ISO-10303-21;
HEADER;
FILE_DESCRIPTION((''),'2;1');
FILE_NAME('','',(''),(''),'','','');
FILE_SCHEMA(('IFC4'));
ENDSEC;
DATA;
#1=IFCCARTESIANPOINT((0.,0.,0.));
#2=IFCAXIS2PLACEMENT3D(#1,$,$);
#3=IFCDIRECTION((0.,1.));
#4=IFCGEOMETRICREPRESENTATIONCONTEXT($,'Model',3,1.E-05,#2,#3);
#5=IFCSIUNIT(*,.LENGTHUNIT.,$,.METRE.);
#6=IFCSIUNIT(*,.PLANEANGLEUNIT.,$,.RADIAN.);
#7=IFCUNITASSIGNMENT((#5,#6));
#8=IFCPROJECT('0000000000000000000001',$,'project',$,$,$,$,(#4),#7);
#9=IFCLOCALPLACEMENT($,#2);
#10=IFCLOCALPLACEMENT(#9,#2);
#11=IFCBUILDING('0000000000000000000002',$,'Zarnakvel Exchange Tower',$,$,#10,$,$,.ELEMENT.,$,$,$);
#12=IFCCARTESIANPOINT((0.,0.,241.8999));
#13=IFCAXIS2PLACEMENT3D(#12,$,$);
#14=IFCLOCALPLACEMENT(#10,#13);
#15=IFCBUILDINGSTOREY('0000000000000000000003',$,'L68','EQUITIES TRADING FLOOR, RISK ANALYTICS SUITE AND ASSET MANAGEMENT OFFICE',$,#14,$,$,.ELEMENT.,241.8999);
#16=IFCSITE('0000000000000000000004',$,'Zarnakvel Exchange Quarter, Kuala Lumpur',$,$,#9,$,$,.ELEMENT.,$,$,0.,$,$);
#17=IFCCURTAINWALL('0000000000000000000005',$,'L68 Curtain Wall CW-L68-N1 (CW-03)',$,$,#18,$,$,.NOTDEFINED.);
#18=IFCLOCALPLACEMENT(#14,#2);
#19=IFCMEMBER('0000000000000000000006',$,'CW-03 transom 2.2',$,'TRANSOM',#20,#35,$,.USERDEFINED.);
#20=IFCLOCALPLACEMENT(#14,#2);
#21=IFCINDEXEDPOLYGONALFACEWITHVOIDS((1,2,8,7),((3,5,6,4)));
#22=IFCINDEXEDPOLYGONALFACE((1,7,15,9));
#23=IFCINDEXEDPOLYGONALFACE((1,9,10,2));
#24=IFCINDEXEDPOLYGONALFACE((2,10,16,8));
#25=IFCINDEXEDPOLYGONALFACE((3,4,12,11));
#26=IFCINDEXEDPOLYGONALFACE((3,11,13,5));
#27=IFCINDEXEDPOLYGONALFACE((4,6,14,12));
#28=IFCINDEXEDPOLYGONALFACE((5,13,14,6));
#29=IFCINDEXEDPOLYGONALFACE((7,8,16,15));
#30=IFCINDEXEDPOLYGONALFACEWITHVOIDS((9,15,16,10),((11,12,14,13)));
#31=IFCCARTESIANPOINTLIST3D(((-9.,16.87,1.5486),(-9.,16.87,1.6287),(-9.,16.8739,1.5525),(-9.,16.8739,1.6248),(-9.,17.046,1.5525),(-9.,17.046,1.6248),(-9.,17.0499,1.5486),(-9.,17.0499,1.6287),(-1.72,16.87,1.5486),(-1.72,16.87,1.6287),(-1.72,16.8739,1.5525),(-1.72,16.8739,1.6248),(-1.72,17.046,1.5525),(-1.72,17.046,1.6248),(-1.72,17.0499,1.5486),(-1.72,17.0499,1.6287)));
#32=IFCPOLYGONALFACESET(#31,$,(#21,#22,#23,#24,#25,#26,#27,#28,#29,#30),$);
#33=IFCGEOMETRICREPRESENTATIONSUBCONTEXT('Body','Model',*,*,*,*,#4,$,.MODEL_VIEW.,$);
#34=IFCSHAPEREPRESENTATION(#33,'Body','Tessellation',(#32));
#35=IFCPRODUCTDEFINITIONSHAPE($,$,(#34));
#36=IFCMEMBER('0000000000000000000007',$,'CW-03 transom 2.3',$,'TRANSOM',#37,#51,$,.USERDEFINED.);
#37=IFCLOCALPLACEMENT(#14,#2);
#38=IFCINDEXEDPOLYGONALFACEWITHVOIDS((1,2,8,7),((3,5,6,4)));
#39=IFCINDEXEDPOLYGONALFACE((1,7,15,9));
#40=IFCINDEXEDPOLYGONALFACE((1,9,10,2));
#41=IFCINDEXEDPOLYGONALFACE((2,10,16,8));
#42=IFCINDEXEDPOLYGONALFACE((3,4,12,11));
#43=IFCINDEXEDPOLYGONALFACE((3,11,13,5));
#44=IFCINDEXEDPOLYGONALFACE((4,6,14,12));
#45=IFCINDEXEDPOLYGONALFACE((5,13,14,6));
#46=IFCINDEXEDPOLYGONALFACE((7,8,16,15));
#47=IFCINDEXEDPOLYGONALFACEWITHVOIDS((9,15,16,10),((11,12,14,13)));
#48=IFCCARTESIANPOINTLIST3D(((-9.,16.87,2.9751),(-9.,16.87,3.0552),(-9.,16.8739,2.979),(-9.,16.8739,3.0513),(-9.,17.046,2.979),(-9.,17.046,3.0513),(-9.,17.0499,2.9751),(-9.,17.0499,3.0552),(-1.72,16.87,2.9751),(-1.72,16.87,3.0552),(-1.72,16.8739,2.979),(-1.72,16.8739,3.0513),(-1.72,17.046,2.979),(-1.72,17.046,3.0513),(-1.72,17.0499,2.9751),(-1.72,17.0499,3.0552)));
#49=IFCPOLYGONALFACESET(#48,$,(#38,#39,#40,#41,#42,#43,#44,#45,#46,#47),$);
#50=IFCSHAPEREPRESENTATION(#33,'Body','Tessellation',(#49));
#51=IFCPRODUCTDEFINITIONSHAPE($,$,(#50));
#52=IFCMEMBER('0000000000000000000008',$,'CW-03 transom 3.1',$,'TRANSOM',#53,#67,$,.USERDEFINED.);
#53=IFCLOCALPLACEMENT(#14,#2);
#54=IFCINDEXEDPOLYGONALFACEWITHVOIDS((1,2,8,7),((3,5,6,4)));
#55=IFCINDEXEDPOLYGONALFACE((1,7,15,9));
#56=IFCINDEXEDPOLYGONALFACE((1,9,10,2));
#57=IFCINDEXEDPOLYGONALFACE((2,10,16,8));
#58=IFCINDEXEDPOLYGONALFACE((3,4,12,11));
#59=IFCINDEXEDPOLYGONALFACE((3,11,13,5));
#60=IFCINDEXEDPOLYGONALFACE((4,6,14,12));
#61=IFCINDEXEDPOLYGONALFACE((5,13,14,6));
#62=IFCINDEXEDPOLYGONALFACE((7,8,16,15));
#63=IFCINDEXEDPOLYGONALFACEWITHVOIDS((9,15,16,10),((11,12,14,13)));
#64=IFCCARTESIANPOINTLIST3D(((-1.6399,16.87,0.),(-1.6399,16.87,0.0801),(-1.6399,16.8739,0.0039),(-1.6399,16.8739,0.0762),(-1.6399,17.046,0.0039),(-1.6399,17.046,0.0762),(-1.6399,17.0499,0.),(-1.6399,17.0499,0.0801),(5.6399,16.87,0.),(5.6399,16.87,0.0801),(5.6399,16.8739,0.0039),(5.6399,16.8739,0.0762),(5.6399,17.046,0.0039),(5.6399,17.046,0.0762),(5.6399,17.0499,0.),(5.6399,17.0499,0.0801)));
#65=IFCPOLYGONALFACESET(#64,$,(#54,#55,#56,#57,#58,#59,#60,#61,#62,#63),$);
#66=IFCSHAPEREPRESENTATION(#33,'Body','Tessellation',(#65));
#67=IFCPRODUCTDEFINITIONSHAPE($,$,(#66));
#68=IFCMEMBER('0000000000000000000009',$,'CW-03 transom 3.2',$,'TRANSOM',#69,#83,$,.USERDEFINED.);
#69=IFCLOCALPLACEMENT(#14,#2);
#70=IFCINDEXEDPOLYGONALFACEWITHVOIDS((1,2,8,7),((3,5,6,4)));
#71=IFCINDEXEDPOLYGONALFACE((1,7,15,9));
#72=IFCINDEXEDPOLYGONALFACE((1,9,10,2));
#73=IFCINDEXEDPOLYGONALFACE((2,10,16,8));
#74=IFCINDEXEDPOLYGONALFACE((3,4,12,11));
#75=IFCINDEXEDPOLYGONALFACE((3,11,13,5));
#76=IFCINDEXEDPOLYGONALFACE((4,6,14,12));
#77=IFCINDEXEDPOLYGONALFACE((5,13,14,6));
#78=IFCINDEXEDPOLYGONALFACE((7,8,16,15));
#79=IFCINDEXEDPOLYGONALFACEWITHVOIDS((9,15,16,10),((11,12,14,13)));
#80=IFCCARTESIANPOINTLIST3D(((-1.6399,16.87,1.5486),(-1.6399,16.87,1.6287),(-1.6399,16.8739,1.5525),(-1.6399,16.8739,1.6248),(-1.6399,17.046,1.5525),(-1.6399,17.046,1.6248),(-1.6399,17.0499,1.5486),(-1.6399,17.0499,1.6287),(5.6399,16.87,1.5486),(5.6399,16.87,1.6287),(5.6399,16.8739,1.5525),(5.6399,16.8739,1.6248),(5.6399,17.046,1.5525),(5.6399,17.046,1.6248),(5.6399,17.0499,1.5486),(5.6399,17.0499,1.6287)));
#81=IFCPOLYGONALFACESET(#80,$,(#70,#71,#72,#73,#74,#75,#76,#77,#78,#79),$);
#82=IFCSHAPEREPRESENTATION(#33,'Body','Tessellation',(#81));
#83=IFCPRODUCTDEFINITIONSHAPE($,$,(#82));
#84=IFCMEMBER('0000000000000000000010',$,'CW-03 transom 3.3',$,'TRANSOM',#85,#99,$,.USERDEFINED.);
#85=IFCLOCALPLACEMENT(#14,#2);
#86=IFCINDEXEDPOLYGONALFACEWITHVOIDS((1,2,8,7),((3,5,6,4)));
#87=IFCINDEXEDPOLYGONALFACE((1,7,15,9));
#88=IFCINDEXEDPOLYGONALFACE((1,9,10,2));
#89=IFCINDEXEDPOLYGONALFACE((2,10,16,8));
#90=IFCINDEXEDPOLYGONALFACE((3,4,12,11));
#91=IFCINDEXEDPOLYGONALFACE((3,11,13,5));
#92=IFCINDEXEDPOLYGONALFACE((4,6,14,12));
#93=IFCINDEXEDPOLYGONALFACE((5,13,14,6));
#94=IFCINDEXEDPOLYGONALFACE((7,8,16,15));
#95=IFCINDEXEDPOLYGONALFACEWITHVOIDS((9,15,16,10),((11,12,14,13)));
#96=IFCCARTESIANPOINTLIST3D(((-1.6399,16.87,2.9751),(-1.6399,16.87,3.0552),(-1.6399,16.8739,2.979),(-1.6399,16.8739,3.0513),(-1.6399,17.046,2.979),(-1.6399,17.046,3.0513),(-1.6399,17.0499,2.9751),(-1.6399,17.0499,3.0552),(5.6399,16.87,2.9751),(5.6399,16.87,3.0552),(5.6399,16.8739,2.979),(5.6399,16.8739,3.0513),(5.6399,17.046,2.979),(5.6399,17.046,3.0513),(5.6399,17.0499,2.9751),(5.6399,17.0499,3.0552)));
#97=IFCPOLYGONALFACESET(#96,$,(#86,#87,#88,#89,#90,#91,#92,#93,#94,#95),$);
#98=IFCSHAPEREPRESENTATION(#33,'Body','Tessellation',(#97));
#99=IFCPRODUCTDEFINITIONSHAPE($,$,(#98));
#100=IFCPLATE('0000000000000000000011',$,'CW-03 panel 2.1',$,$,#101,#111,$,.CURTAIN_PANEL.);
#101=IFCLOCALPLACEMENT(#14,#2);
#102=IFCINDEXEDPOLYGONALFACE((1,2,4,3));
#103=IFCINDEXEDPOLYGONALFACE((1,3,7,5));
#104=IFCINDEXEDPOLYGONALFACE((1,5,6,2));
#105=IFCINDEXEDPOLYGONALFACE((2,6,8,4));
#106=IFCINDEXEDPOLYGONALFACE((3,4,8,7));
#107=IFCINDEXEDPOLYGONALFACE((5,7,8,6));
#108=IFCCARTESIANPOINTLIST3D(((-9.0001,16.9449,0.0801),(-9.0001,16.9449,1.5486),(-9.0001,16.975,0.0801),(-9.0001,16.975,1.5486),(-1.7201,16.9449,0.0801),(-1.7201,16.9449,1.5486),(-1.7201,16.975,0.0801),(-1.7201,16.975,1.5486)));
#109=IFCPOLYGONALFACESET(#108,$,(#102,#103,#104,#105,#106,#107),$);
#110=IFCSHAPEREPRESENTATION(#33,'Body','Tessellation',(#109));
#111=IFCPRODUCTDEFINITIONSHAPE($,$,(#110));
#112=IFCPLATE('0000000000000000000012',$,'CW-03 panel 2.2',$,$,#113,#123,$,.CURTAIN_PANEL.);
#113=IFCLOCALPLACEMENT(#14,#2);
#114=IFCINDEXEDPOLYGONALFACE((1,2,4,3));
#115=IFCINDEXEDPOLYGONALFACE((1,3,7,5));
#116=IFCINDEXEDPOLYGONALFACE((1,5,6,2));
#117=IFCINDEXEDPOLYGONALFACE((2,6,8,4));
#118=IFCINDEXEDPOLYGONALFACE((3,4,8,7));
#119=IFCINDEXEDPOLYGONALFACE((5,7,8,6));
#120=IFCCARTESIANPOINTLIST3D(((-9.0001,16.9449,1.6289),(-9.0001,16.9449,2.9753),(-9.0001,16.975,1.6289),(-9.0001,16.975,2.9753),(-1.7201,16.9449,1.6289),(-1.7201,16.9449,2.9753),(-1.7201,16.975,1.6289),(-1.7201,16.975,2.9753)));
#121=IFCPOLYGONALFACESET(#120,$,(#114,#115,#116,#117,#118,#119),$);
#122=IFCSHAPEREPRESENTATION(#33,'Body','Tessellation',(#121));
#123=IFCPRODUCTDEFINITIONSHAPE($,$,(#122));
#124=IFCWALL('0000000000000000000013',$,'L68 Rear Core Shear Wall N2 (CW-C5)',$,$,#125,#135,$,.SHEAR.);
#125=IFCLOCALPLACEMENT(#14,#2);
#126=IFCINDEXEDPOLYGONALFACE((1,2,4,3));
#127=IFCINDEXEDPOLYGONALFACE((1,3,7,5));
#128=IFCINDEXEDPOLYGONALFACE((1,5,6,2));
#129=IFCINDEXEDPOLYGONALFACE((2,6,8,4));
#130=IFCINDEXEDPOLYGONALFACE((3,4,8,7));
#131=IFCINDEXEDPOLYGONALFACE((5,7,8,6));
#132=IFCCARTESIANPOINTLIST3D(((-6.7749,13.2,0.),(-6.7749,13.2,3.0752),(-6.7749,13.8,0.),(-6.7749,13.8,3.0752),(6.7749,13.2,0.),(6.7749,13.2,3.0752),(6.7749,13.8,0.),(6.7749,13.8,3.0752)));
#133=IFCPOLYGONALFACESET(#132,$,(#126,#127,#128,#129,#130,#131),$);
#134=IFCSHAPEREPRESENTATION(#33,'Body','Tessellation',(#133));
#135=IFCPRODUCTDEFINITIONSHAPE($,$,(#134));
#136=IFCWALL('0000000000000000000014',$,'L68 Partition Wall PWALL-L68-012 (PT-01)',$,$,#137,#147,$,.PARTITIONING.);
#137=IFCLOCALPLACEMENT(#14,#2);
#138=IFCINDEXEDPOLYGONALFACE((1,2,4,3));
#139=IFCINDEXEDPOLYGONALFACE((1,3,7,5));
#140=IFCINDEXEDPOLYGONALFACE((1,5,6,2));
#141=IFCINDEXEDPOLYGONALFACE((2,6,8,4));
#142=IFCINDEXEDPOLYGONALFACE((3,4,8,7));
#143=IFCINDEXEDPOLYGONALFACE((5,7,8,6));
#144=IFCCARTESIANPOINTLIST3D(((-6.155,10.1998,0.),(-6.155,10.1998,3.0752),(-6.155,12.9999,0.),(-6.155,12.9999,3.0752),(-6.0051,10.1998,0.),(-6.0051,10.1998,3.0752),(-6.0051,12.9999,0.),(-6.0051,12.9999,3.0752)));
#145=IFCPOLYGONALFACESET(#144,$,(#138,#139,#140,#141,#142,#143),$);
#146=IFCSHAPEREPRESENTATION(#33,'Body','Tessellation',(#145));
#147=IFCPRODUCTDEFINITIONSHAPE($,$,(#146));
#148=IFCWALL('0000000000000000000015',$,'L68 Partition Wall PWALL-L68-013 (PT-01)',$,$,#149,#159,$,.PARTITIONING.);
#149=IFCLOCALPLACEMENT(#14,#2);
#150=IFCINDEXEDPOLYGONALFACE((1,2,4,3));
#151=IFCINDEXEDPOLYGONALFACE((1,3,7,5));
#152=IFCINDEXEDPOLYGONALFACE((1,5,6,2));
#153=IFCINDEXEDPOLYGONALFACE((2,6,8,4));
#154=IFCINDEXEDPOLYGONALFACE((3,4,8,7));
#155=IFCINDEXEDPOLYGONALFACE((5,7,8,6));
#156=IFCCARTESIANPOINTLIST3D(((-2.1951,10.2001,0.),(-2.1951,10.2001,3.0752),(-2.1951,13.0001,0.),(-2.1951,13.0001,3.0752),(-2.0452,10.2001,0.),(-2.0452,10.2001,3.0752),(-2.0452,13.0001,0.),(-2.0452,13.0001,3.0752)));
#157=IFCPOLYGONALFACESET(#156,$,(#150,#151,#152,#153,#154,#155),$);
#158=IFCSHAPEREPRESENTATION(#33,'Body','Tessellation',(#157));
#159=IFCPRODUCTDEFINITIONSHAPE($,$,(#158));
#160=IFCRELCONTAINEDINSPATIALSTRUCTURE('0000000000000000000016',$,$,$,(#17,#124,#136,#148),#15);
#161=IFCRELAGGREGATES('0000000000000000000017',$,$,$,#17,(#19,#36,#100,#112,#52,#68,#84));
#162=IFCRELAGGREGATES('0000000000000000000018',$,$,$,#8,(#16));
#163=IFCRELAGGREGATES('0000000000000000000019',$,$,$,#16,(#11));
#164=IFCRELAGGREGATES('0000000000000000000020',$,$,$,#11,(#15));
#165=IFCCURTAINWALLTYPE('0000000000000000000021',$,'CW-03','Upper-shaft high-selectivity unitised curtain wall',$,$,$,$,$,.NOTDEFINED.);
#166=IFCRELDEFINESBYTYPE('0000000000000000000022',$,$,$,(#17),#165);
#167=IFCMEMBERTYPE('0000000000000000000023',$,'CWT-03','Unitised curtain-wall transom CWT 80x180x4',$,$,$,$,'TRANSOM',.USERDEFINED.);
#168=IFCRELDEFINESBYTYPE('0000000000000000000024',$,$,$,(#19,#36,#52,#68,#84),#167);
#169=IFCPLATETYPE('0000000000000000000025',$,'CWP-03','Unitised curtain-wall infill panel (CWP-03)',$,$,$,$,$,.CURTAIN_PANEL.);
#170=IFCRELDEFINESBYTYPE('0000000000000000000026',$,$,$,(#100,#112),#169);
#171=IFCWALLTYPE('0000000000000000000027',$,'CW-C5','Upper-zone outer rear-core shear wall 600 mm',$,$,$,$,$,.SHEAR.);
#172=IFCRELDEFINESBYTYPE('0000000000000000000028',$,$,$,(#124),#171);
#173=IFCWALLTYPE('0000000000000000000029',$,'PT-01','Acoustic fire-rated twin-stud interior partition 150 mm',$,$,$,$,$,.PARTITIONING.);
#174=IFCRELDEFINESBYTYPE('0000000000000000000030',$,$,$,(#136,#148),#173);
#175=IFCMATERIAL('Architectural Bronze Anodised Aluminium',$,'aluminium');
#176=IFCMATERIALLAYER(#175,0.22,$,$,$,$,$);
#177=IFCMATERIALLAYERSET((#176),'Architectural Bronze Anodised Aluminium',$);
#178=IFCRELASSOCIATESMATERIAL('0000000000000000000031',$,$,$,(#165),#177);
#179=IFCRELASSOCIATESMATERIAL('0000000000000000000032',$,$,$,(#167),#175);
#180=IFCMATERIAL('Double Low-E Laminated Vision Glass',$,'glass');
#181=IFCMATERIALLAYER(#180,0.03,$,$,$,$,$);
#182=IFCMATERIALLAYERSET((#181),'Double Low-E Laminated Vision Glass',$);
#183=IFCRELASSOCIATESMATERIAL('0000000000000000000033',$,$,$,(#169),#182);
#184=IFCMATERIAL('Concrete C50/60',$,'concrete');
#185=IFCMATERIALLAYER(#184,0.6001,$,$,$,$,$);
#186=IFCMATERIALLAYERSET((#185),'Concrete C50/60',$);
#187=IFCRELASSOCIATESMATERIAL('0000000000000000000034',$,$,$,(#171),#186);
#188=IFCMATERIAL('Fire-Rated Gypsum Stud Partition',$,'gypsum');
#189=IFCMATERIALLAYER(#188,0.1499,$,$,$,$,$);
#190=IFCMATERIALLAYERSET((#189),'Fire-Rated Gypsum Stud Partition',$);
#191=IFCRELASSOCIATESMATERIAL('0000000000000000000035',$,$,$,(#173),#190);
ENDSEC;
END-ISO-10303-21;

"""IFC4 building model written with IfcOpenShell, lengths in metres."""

from ifc_helpers import new_model, si_unit, direction, frame, frame_2d, origin, origin_2d, place, context, subcontext, project, spatial, rectangle, hollow_rectangle, extrude, source, transform, mapped, material, layer, layer_set, material_profile, profile_set, type_object, element, aggregate, save


model = new_model("IFC4")

# Units and contexts
model_context = context("Model", 3, precision=1e-05, world=origin(), true_north=direction((0.0, 1.0)))
body_context = subcontext(model_context, "Body", "Model", "MODEL_VIEW")
ifc_project = project(units=[si_unit("LENGTHUNIT", "METRE"), si_unit("PLANEANGLEUNIT", "RADIAN")], contexts=[model_context])

# Site, building, storey
site_placement = place(None, origin())
site = spatial("IfcSite", under=ifc_project, at=site_placement, Name="Zarnakvel Exchange Quarter, Kuala Lumpur", CompositionType="ELEMENT", RefElevation=0.0)
building_placement = place(site_placement, origin())
building = spatial("IfcBuilding", under=site, at=building_placement, Name="Zarnakvel Exchange Tower", CompositionType="ELEMENT")
storey_placement = place(building_placement, frame((0.0, 0.0, 241.8999)))
storey = spatial("IfcBuildingStorey", under=building, at=storey_placement, Name="L68", Description="EQUITIES TRADING FLOOR, RISK ANALYTICS SUITE AND ASSET MANAGEMENT OFFICE", CompositionType="ELEMENT", Elevation=241.8999)

# Shared definitions
ifc_material_1 = material(Name="Concrete C50/60", Category="concrete")

# Curtain wall, members, plates
ifc_material_2 = material(Name="Architectural Bronze Anodised Aluminium", Category="aluminium")
ifc_layer_1 = layer(ifc_material_2, 0.22)
ifc_layer_set_1 = layer_set([ifc_layer_1], Name="Architectural Bronze Anodised Aluminium")
curtain_wall_type = type_object("IfcCurtainWallType", Name="CW-03", Description="Upper-shaft high-selectivity unitised curtain wall", PredefinedType="NOTDEFINED", material=ifc_layer_set_1)
curtain_wall_placement = place(storey_placement, origin())
curtain_wall = element("IfcCurtainWall", 1, at=curtain_wall_placement, inside=storey, type_object=curtain_wall_type, Name="L68 Curtain Wall CW-L68-N1 (CW-03)", PredefinedType="NOTDEFINED")
ifc_material_profile_1 = material_profile(ifc_material_2, hollow_rectangle(XDim=0.1799, YDim=0.0801, WallThickness=0.0039, at=origin_2d()))
ifc_profile_set_1 = profile_set([ifc_material_profile_1], Name="Architectural Bronze Anodised Aluminium")
member_type_1 = type_object("IfcMemberType", Name="CWT-03", Description="Unitised curtain-wall transom CWT 80x180x4", ElementType="TRANSOM", PredefinedType="USERDEFINED", material=ifc_profile_set_1)
shared_shape_1 = source(origin(), body_context, "Body", "SweptSolid", [
    extrude(hollow_rectangle(XDim=0.1799, YDim=0.0801, WallThickness=0.0039, at=origin_2d()), origin(), (0.0, 0.0, 1.0), 7.28),
])
member_1_placement = place(storey_placement, frame((-9.0, 16.96, 1.5886), z_axis=(1.0, 0.0, 0.0), x_axis=(0.0, 1.0, 0.0)))
member_1 = element("IfcMember", 2, at=member_1_placement, type_object=member_type_1, Name="CW-03 transom 2.2", ObjectType="TRANSOM", PredefinedType="USERDEFINED", context=body_context, shape_type="MappedRepresentation", body=[
    mapped(shared_shape_1, transform((0.0, 0.0, 0.0), x_axis=(1.0, 0.0, 0.0), y_axis=(0.0, 1.0, 0.0), z_axis=(0.0, 0.0, 1.0), scale=1.0)),
])
member_2_placement = place(storey_placement, frame((-9.0, 16.96, 3.0151), z_axis=(1.0, 0.0, 0.0), x_axis=(0.0, 1.0, 0.0)))
member_2 = element("IfcMember", 3, at=member_2_placement, type_object=member_type_1, Name="CW-03 transom 2.3", ObjectType="TRANSOM", PredefinedType="USERDEFINED", context=body_context, shape_type="MappedRepresentation", body=[
    mapped(shared_shape_1, transform((0.0, 0.0, 0.0), x_axis=(1.0, 0.0, 0.0), y_axis=(0.0, 1.0, 0.0), z_axis=(0.0, 0.0, 1.0), scale=1.0)),
])
shared_shape_2 = source(origin(), body_context, "Body", "SweptSolid", [
    extrude(hollow_rectangle(XDim=0.1799, YDim=0.0801, WallThickness=0.0039, at=origin_2d()), origin(), (0.0, 0.0, 1.0), 7.2798),
])
member_3_placement = place(storey_placement, frame((-1.6399, 16.96, 0.04), z_axis=(1.0, 0.0, 0.0), x_axis=(0.0, 1.0, 0.0)))
member_3 = element("IfcMember", 4, at=member_3_placement, type_object=member_type_1, Name="CW-03 transom 3.1", ObjectType="TRANSOM", PredefinedType="USERDEFINED", context=body_context, shape_type="MappedRepresentation", body=[
    mapped(shared_shape_2, transform((0.0, 0.0, 0.0), x_axis=(1.0, 0.0, 0.0), y_axis=(0.0, 1.0, 0.0), z_axis=(0.0, 0.0, 1.0), scale=1.0)),
])
member_4_placement = place(storey_placement, frame((-1.6399, 16.96, 1.5886), z_axis=(1.0, 0.0, 0.0), x_axis=(0.0, 1.0, 0.0)))
member_4 = element("IfcMember", 5, at=member_4_placement, type_object=member_type_1, Name="CW-03 transom 3.2", ObjectType="TRANSOM", PredefinedType="USERDEFINED", context=body_context, shape_type="MappedRepresentation", body=[
    mapped(shared_shape_2, transform((0.0, 0.0, 0.0), x_axis=(1.0, 0.0, 0.0), y_axis=(0.0, 1.0, 0.0), z_axis=(0.0, 0.0, 1.0), scale=1.0)),
])
member_5_placement = place(storey_placement, frame((-1.6399, 16.96, 3.0151), z_axis=(1.0, 0.0, 0.0), x_axis=(0.0, 1.0, 0.0)))
member_5 = element("IfcMember", 6, at=member_5_placement, type_object=member_type_1, Name="CW-03 transom 3.3", ObjectType="TRANSOM", PredefinedType="USERDEFINED", context=body_context, shape_type="MappedRepresentation", body=[
    mapped(shared_shape_2, transform((0.0, 0.0, 0.0), x_axis=(1.0, 0.0, 0.0), y_axis=(0.0, 1.0, 0.0), z_axis=(0.0, 0.0, 1.0), scale=1.0)),
])
ifc_material_3 = material(Name="Double Low-E Laminated Vision Glass", Category="glass")
ifc_layer_2 = layer(ifc_material_3, 0.03)
ifc_layer_set_2 = layer_set([ifc_layer_2], Name="Double Low-E Laminated Vision Glass")
plate_type = type_object("IfcPlateType", Name="CWP-03", Description="Unitised curtain-wall infill panel (CWP-03)", PredefinedType="CURTAIN_PANEL", material=ifc_layer_set_2)
shared_shape_3 = source(origin(), body_context, "Body", "SweptSolid", [
    extrude(rectangle(XDim=7.28, YDim=0.03, at=origin_2d()), origin(), (0.0, 0.0, 1.0), 1.4685),
])
plate_1_placement = place(storey_placement, frame((-5.3601, 16.96, 0.0801), z_axis=(0.0, 0.0, 1.0), x_axis=(1.0, 0.0, 0.0)))
plate_1 = element("IfcPlate", 7, at=plate_1_placement, type_object=plate_type, Name="CW-03 panel 2.1", PredefinedType="CURTAIN_PANEL", context=body_context, shape_type="MappedRepresentation", body=[
    mapped(shared_shape_3, transform((0.0, 0.0, 0.0), x_axis=(1.0, 0.0, 0.0), y_axis=(0.0, 1.0, 0.0), z_axis=(0.0, 0.0, 1.0), scale=1.0)),
])
shared_shape_4 = source(origin(), body_context, "Body", "SweptSolid", [
    extrude(rectangle(XDim=7.28, YDim=0.03, at=origin_2d()), origin(), (0.0, 0.0, 1.0), 1.3464),
])
plate_2_placement = place(storey_placement, frame((-5.3601, 16.96, 1.6289), z_axis=(0.0, 0.0, 1.0), x_axis=(1.0, 0.0, 0.0)))
plate_2 = element("IfcPlate", 8, at=plate_2_placement, type_object=plate_type, Name="CW-03 panel 2.2", PredefinedType="CURTAIN_PANEL", context=body_context, shape_type="MappedRepresentation", body=[
    mapped(shared_shape_4, transform((0.0, 0.0, 0.0), x_axis=(1.0, 0.0, 0.0), y_axis=(0.0, 1.0, 0.0), z_axis=(0.0, 0.0, 1.0), scale=1.0)),
])
aggregate(curtain_wall, [member_1, member_2, plate_1, plate_2, member_3, member_4, member_5])

# Wall
ifc_layer_3 = layer(ifc_material_1, 0.6001)
ifc_layer_set_3 = layer_set([ifc_layer_3], Name="Concrete C50/60")
wall_type_1 = type_object("IfcWallType", Name="CW-C5", Description="Upper-zone outer rear-core shear wall 600 mm", PredefinedType="SHEAR", material=ifc_layer_set_3)
wall_1_placement = place(storey_placement, frame((-6.7749, 13.5, 0.0), z_axis=(0.0, 0.0, 1.0), x_axis=(1.0, 0.0, 0.0)))
element("IfcWall", 9, at=wall_1_placement, inside=storey, type_object=wall_type_1, Name="L68 Rear Core Shear Wall N2 (CW-C5)", PredefinedType="SHEAR", context=body_context, shape_type="SweptSolid", body=[
    extrude(rectangle(XDim=13.5498, YDim=0.6001, at=frame_2d((6.7749, 0.0))), origin(), (0.0, 0.0, 1.0), 3.0752),
])

# Shared definitions
ifc_material_4 = material(Name="Fire-Rated Gypsum Stud Partition", Category="gypsum")
ifc_layer_4 = layer(ifc_material_4, 0.1499)
ifc_layer_set_4 = layer_set([ifc_layer_4], Name="Fire-Rated Gypsum Stud Partition")
wall_type_2 = type_object("IfcWallType", Name="PT-01", Description="Acoustic fire-rated twin-stud interior partition 150 mm", PredefinedType="PARTITIONING", material=ifc_layer_set_4)

# Walls
for number, where, z_axis, x_axis, name in (
    (10, (-6.0801, 10.2, 0.0), (0.0, 0.0, 1.0), (0.0, 1.0, 0.0), "L68 Partition Wall PWALL-L68-012 (PT-01)"),
    (11, (-2.1201, 13.0, 0.0), (0.0, 0.0, 1.0), (0.0, -1.0, 0.0), "L68 Partition Wall PWALL-L68-013 (PT-01)"),
):
    element("IfcWall", number, at=place(storey_placement, frame(where, z_axis=z_axis, x_axis=x_axis)), inside=storey, type_object=wall_type_2, Name=name, PredefinedType="PARTITIONING", context=body_context, shape_type="SweptSolid", body=[
        extrude(rectangle(XDim=2.8, YDim=0.1499, at=frame_2d((1.3999, 0.0))), origin(), (0.0, 0.0, 1.0), 3.0752),
    ])

save(model, "model.ifc")
